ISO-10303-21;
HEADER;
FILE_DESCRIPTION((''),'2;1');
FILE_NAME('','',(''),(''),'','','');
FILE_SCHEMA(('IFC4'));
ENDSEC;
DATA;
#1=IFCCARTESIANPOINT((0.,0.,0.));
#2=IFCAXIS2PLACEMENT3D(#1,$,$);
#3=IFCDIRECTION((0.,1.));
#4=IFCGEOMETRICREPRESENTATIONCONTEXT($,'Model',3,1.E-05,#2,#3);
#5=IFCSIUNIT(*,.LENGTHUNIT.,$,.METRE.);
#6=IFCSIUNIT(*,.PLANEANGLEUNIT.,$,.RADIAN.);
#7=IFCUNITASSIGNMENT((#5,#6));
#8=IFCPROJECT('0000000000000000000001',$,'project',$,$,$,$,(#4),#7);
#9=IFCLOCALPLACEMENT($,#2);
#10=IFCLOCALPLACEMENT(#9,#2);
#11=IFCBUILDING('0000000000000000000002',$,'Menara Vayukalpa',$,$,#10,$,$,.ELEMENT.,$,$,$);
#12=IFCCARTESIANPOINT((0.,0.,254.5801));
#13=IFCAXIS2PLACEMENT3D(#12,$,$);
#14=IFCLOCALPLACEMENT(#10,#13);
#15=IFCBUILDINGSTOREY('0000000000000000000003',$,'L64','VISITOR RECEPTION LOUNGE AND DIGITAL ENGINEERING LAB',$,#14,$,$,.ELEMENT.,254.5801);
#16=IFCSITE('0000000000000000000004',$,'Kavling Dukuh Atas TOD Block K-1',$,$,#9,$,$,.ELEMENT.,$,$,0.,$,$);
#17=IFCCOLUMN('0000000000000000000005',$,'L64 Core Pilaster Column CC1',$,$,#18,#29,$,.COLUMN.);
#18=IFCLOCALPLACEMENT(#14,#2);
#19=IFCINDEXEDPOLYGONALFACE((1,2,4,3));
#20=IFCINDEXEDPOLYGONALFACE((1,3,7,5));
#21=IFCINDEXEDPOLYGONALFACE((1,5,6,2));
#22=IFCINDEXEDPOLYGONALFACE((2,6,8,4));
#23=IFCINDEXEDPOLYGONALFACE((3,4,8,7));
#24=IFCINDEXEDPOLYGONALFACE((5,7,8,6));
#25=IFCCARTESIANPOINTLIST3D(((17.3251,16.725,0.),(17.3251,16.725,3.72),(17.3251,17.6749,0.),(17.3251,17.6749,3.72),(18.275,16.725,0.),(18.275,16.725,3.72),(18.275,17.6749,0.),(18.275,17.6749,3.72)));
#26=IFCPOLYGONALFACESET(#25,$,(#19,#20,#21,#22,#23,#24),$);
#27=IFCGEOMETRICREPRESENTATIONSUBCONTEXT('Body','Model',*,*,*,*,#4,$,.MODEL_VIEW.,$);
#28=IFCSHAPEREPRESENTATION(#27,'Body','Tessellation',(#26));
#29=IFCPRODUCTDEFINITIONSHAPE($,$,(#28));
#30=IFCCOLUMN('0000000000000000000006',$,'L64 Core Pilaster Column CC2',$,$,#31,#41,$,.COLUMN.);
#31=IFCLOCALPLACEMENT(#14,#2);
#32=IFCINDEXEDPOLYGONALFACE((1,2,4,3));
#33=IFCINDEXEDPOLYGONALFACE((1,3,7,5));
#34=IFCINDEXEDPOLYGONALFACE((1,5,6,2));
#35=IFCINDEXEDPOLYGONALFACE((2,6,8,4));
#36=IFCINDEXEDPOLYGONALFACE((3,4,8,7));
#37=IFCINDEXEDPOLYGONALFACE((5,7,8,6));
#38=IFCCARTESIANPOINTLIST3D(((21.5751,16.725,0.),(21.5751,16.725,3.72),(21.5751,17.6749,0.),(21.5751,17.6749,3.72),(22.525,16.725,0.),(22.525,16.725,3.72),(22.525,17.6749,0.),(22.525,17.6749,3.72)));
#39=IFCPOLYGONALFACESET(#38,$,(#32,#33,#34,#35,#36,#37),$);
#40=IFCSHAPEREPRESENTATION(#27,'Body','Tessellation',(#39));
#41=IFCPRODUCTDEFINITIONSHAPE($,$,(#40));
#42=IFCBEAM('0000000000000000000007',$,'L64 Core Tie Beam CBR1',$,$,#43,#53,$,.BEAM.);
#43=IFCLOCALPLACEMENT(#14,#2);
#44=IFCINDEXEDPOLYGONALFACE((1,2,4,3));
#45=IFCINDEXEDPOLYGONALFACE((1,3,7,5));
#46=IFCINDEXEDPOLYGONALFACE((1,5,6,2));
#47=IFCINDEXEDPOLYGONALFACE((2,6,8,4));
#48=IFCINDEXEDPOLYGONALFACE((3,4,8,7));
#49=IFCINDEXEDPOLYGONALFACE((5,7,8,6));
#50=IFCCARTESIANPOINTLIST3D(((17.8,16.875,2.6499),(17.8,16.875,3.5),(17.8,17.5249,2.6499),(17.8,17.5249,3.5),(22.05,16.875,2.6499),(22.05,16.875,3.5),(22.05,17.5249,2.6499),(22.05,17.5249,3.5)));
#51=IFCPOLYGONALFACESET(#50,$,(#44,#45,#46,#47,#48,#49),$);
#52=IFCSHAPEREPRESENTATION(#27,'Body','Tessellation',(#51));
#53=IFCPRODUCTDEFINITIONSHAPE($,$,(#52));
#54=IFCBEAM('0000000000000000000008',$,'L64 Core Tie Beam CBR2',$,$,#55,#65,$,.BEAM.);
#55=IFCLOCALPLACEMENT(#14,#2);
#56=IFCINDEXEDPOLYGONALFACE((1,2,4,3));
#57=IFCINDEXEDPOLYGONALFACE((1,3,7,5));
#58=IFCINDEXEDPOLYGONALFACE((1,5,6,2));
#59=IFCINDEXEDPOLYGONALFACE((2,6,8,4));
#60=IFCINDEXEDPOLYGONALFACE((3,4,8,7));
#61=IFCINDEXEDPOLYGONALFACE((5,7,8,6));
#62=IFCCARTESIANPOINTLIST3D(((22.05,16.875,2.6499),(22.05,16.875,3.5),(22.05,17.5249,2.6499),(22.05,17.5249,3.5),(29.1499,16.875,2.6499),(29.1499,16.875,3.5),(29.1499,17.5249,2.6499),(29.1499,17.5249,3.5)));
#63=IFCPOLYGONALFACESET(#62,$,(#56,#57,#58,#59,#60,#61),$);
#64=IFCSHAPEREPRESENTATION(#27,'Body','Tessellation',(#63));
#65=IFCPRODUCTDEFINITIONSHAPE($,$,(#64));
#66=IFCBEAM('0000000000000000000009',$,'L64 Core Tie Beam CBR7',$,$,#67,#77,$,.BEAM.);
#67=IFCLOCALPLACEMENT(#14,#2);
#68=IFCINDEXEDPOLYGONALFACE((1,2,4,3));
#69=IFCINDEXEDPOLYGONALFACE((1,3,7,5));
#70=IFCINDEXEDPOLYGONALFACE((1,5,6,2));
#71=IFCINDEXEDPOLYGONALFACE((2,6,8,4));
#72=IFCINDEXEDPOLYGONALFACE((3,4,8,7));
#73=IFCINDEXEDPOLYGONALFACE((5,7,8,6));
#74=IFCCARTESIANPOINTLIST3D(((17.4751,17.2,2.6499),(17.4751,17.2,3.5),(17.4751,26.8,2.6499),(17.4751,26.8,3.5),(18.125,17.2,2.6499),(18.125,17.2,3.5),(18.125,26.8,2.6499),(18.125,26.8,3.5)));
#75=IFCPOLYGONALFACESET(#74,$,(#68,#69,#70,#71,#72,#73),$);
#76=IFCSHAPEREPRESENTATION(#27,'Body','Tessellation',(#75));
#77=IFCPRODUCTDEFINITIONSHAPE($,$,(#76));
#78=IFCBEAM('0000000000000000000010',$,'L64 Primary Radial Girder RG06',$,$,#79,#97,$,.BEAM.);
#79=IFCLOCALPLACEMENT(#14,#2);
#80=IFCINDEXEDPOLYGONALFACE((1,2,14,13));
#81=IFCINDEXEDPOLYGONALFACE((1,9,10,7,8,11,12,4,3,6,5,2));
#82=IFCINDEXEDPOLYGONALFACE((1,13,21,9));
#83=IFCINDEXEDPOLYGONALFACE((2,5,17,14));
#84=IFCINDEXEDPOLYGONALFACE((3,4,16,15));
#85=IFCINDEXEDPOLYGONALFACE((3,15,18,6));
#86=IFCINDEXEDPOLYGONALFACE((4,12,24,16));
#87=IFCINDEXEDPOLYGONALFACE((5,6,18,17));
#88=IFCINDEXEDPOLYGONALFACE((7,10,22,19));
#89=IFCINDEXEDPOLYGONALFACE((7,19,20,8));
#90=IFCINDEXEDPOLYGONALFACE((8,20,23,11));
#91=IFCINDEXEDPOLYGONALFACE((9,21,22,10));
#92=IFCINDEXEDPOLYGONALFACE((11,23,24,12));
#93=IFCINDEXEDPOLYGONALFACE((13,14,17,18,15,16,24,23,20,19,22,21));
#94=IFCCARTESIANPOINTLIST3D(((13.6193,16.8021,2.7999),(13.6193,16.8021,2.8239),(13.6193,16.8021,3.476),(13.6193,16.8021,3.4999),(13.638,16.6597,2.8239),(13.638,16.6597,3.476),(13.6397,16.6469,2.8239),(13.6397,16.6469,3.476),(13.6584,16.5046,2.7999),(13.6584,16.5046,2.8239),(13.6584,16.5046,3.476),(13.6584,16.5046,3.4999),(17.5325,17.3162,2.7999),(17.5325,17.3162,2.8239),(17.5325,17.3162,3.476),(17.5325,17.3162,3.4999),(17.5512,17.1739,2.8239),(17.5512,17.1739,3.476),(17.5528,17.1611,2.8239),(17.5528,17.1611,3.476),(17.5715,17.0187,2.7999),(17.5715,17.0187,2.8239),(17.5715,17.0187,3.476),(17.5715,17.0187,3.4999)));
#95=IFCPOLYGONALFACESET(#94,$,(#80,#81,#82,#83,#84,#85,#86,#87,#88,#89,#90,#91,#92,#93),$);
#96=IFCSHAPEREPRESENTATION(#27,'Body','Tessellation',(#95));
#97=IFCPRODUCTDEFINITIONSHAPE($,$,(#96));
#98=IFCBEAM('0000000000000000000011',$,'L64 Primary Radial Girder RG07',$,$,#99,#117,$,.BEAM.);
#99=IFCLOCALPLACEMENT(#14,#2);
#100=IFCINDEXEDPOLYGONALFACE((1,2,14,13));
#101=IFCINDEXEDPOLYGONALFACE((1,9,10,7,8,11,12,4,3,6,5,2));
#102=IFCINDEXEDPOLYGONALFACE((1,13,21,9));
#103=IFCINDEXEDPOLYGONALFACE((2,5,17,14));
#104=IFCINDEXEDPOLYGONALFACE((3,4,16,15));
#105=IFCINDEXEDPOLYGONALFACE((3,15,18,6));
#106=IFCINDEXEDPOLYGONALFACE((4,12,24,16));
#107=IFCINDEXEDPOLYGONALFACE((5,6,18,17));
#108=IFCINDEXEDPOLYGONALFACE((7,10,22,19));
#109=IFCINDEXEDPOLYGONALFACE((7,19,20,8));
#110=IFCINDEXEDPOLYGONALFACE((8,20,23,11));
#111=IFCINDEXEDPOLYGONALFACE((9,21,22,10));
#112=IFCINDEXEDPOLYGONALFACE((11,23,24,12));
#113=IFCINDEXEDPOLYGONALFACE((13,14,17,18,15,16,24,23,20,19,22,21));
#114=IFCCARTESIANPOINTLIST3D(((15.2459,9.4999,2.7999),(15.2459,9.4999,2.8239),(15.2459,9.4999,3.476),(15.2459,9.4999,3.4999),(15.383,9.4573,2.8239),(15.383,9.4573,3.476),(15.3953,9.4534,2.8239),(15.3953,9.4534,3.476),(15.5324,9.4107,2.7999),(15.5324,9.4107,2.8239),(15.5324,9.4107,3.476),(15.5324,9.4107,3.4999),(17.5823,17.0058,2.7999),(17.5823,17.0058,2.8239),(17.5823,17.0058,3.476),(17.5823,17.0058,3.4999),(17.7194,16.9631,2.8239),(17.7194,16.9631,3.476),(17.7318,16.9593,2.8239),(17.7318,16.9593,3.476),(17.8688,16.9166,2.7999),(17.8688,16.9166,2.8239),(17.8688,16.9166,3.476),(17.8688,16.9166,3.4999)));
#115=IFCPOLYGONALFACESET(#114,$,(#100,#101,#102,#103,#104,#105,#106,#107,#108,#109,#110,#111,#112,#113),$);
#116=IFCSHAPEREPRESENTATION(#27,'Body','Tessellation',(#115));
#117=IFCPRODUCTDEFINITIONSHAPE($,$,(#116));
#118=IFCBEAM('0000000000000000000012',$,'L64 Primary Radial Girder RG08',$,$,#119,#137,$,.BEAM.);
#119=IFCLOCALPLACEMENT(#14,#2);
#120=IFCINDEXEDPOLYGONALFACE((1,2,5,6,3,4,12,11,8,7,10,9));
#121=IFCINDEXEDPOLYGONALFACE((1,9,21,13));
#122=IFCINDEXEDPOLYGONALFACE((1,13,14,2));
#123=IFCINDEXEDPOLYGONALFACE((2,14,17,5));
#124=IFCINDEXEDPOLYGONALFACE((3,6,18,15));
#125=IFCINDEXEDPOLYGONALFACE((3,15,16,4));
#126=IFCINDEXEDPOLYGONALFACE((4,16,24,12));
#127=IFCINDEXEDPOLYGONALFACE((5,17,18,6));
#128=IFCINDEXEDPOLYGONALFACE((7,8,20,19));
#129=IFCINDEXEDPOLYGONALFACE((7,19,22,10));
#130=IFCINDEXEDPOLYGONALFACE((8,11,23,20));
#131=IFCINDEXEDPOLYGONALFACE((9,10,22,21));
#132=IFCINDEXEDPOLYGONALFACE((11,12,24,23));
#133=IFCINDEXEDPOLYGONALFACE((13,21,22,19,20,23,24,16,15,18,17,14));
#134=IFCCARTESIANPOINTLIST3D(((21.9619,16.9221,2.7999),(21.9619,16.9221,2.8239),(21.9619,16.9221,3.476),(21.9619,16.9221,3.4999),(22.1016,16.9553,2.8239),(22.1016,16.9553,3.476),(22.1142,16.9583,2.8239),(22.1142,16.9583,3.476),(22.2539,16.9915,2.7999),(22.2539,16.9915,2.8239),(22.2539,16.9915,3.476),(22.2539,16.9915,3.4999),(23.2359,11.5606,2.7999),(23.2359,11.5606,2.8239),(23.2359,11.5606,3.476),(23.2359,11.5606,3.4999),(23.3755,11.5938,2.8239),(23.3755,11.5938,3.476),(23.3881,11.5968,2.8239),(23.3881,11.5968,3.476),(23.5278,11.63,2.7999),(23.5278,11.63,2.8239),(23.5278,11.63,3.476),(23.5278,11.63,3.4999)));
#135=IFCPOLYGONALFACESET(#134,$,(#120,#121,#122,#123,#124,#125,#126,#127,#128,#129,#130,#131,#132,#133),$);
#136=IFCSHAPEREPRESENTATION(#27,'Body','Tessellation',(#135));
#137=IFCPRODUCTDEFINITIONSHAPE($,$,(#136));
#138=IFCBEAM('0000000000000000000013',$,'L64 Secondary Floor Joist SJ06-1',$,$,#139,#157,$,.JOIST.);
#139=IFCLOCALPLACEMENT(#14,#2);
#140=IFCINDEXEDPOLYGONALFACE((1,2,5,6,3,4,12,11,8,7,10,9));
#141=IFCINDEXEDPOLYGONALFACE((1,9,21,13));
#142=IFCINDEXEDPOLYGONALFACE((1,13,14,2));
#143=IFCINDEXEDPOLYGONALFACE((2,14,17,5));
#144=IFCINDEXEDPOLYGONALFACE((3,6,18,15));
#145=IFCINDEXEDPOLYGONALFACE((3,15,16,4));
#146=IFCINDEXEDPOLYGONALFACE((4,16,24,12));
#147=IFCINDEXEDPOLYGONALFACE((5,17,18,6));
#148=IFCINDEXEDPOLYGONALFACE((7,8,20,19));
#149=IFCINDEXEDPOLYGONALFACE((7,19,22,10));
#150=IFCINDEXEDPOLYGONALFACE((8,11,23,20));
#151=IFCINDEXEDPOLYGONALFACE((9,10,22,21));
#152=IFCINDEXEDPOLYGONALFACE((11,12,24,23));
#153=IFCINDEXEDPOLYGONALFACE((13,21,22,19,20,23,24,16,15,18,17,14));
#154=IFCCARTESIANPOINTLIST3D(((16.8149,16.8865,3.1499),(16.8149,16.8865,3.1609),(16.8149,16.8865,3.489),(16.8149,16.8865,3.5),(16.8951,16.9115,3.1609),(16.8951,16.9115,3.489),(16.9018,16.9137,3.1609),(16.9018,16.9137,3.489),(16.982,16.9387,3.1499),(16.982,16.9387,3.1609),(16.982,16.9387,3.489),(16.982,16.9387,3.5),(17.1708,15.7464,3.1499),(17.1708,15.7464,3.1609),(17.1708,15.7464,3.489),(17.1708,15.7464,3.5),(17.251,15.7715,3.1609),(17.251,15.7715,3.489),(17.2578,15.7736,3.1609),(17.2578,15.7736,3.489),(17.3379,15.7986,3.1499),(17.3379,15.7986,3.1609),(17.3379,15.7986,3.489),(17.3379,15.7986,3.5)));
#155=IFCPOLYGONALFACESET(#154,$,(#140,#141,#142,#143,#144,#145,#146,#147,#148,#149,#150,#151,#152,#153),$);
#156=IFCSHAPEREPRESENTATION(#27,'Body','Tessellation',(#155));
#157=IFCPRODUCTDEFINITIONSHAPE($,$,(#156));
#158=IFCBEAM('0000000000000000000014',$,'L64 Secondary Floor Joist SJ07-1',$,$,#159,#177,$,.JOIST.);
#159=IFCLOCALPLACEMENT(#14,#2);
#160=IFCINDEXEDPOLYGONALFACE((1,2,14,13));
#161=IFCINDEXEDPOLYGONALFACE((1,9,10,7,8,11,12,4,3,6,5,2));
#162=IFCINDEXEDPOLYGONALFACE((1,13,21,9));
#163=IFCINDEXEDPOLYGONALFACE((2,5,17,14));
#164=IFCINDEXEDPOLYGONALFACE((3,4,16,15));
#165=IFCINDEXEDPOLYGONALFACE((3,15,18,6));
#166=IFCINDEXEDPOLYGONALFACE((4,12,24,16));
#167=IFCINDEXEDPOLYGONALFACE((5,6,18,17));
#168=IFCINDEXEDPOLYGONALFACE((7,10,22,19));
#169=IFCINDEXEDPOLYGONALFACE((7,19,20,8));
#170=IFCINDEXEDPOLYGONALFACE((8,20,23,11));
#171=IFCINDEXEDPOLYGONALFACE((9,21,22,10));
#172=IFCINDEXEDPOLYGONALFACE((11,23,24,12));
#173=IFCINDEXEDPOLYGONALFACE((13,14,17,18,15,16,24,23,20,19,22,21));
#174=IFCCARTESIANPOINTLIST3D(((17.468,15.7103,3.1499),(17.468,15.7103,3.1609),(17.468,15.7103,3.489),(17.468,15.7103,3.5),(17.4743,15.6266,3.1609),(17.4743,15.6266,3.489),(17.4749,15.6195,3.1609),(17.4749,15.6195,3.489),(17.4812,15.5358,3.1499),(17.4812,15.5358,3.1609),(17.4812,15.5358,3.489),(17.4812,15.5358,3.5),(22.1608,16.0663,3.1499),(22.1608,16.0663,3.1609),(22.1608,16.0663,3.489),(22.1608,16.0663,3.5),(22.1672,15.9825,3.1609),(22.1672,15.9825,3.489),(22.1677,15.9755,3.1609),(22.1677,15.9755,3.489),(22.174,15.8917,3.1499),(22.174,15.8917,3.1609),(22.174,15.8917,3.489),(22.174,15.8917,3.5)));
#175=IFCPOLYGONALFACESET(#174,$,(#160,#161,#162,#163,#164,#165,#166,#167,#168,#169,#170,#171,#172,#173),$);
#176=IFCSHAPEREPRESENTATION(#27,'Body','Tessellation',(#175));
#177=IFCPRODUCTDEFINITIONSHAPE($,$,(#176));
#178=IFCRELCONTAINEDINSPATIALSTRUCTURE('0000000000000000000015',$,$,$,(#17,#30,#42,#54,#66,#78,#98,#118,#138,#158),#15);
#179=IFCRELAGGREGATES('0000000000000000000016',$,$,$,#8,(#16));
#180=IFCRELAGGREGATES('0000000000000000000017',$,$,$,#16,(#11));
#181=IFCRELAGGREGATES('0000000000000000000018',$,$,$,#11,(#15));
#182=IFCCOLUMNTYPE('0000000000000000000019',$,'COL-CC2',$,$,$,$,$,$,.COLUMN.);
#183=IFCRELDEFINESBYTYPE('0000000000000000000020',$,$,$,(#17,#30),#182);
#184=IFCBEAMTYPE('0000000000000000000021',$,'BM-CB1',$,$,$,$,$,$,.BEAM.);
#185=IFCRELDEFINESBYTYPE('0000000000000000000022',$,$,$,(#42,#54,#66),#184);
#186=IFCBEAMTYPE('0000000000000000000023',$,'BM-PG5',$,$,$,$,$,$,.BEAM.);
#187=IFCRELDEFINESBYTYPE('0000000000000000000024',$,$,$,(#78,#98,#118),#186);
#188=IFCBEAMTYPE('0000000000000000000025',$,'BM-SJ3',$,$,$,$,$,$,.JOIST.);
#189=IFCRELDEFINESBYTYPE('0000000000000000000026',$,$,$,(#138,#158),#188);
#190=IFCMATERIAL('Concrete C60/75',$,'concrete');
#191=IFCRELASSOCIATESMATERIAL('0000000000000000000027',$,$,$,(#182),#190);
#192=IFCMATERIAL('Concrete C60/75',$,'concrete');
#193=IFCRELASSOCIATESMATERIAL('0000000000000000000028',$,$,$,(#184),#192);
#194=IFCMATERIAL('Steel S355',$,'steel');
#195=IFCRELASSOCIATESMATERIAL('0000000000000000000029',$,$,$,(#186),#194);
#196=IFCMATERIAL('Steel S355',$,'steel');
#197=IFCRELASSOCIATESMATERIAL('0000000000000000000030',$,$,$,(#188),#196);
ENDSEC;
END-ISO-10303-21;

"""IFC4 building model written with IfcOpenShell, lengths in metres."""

from ifc_helpers import new_model, si_unit, direction, frame, origin, origin_2d, place, context, subcontext, project, spatial, rectangle, i_section, extrude, material, material_profile, profile_set, type_object, element, save


model = new_model("IFC4")

# Units and contexts
model_context = context("Model", 3, precision=1e-05, world=origin(), true_north=direction((0.0, 1.0)))
body_context = subcontext(model_context, "Body", "Model", "MODEL_VIEW")
ifc_project = project(units=[si_unit("LENGTHUNIT", "METRE"), si_unit("PLANEANGLEUNIT", "RADIAN")], contexts=[model_context])

# Site, building, storey
site_placement = place(None, origin())
site = spatial("IfcSite", under=ifc_project, at=site_placement, Name="Kavling Dukuh Atas TOD Block K-1", CompositionType="ELEMENT", RefElevation=0.0)
building_placement = place(site_placement, origin())
building = spatial("IfcBuilding", under=site, at=building_placement, Name="Menara Vayukalpa", CompositionType="ELEMENT")
storey_placement = place(building_placement, frame((0.0, 0.0, 254.5801)))
storey = spatial("IfcBuildingStorey", under=building, at=storey_placement, Name="L64", Description="VISITOR RECEPTION LOUNGE AND DIGITAL ENGINEERING LAB", CompositionType="ELEMENT", Elevation=254.5801)

# Columns
ifc_material_1 = material(Name="Concrete C60/75", Category="concrete")
ifc_material_profile_1 = material_profile(ifc_material_1, rectangle(XDim=0.95, YDim=0.95, at=origin_2d()), Name="RC 950x950")
ifc_profile_set_1 = profile_set([ifc_material_profile_1], Name="Concrete C60/75")
column_type = type_object("IfcColumnType", Name="COL-CC2", PredefinedType="COLUMN", material=ifc_profile_set_1)
for number, where, z_axis, x_axis, name in (
    (1, (17.8, 17.2, 0.0), (0.0, 0.0, 1.0), (1.0, 0.0, 0.0), "L64 Core Pilaster Column CC1"),
    (2, (22.05, 17.2, 0.0), (0.0, 0.0, 1.0), (1.0, 0.0, 0.0), "L64 Core Pilaster Column CC2"),
):
    element("IfcColumn", number, at=place(storey_placement, frame(where, z_axis=z_axis, x_axis=x_axis)), inside=storey, type_object=column_type, Name=name, PredefinedType="COLUMN", context=body_context, shape_type="SweptSolid", body=[
        extrude(rectangle(XDim=0.95, YDim=0.95, at=origin_2d()), origin(), (0.0, 0.0, 1.0), 3.72),
    ])

# Beams
ifc_material_2 = material(Name="Concrete C60/75", Category="concrete")
ifc_material_profile_2 = material_profile(ifc_material_2, rectangle(XDim=0.6499, YDim=0.8501, at=origin_2d()), Name="RC 650x850")
ifc_profile_set_2 = profile_set([ifc_material_profile_2], Name="Concrete C60/75")
beam_type_1 = type_object("IfcBeamType", Name="BM-CB1", PredefinedType="BEAM", material=ifc_profile_set_2)
beam_1_placement = place(storey_placement, frame((17.8, 17.2, 3.075), z_axis=(1.0, 0.0, 0.0), x_axis=(0.0, 1.0, 0.0)))
element("IfcBeam", 3, at=beam_1_placement, inside=storey, type_object=beam_type_1, Name="L64 Core Tie Beam CBR1", PredefinedType="BEAM", context=body_context, shape_type="SweptSolid", body=[
    extrude(rectangle(XDim=0.6499, YDim=0.8501, at=origin_2d()), origin(), (0.0, 0.0, 1.0), 4.25),
])
beam_2_placement = place(storey_placement, frame((22.05, 17.2, 3.075), z_axis=(1.0, 0.0, 0.0), x_axis=(0.0, 1.0, 0.0)))
element("IfcBeam", 4, at=beam_2_placement, inside=storey, type_object=beam_type_1, Name="L64 Core Tie Beam CBR2", PredefinedType="BEAM", context=body_context, shape_type="SweptSolid", body=[
    extrude(rectangle(XDim=0.6499, YDim=0.8501, at=origin_2d()), origin(), (0.0, 0.0, 1.0), 7.0999),
])
beam_3_placement = place(storey_placement, frame((17.8, 17.2, 3.075), z_axis=(0.0, 1.0, 0.0), x_axis=(-1.0, 0.0, 0.0)))
element("IfcBeam", 5, at=beam_3_placement, inside=storey, type_object=beam_type_1, Name="L64 Core Tie Beam CBR7", PredefinedType="BEAM", context=body_context, shape_type="SweptSolid", body=[
    extrude(rectangle(XDim=0.6499, YDim=0.8501, at=origin_2d()), origin(), (0.0, 0.0, 1.0), 9.6001),
])
ifc_material_3 = material(Name="Steel S355", Category="steel")
ifc_material_profile_3 = material_profile(ifc_material_3, i_section(OverallWidth=0.3, OverallDepth=0.7, WebThickness=0.0129, FlangeThickness=0.0239, at=origin_2d()), Name="WF 700x300x13x24")
ifc_profile_set_3 = profile_set([ifc_material_profile_3], Name="Steel S355")
beam_type_2 = type_object("IfcBeamType", Name="BM-PG5", PredefinedType="BEAM", material=ifc_profile_set_3)
beam_4_placement = place(storey_placement, frame((17.552, 17.1675, 3.1499), z_axis=(-0.991478, -0.130275, 0.0), x_axis=(0.130275, -0.991478, 0.0)))
element("IfcBeam", 6, at=beam_4_placement, inside=storey, type_object=beam_type_2, Name="L64 Primary Radial Girder RG06", PredefinedType="BEAM", context=body_context, shape_type="SweptSolid", body=[
    extrude(i_section(OverallWidth=0.3, OverallDepth=0.7, WebThickness=0.0129, FlangeThickness=0.0239, at=origin_2d()), origin(), (0.0, 0.0, 1.0), 3.9468),
])
beam_5_placement = place(storey_placement, frame((17.7256, 16.9612, 3.1499), z_axis=(-0.297214, -0.954811, 0.0), x_axis=(0.954811, -0.297214, 0.0)))
element("IfcBeam", 7, at=beam_5_placement, inside=storey, type_object=beam_type_2, Name="L64 Primary Radial Girder RG07", PredefinedType="BEAM", context=body_context, shape_type="SweptSolid", body=[
    extrude(i_section(OverallWidth=0.3, OverallDepth=0.7, WebThickness=0.0129, FlangeThickness=0.0239, at=origin_2d()), origin(), (0.0, 0.0, 1.0), 7.8611),
])
beam_6_placement = place(storey_placement, frame((22.1079, 16.9568, 3.1499), z_axis=(0.231167, -0.972914, 0.0), x_axis=(0.972914, 0.231167, 0.0)))
element("IfcBeam", 8, at=beam_6_placement, inside=storey, type_object=beam_type_2, Name="L64 Primary Radial Girder RG08", PredefinedType="BEAM", context=body_context, shape_type="SweptSolid", body=[
    extrude(i_section(OverallWidth=0.3, OverallDepth=0.7, WebThickness=0.0129, FlangeThickness=0.0239, at=origin_2d()), origin(), (0.0, 0.0, 1.0), 5.5107),
])
ifc_material_4 = material(Name="Steel S355", Category="steel")
ifc_material_profile_4 = material_profile(ifc_material_4, i_section(OverallWidth=0.175, OverallDepth=0.3501, WebThickness=0.0071, FlangeThickness=0.011, at=origin_2d()), Name="WF 350x175x7x11")
ifc_profile_set_4 = profile_set([ifc_material_profile_4], Name="Steel S355")
beam_type_3 = type_object("IfcBeamType", Name="BM-SJ3", PredefinedType="JOIST", material=ifc_profile_set_4)
beam_7_placement = place(storey_placement, frame((16.8984, 16.9126, 3.325), z_axis=(0.298019, -0.95456, 0.0), x_axis=(0.95456, 0.298019, 0.0)))
element("IfcBeam", 9, at=beam_7_placement, inside=storey, type_object=beam_type_3, Name="L64 Secondary Floor Joist SJ06-1", PredefinedType="JOIST", context=body_context, shape_type="SweptSolid", body=[
    extrude(i_section(OverallWidth=0.175, OverallDepth=0.3501, WebThickness=0.0071, FlangeThickness=0.011, at=origin_2d()), origin(), (0.0, 0.0, 1.0), 1.1943),
])
beam_8_placement = place(storey_placement, frame((17.4746, 15.623, 3.325), z_axis=(0.997136, 0.075633, 0.0), x_axis=(-0.075633, 0.997136, 0.0)))
element("IfcBeam", 10, at=beam_8_placement, inside=storey, type_object=beam_type_3, Name="L64 Secondary Floor Joist SJ07-1", PredefinedType="JOIST", context=body_context, shape_type="SweptSolid", body=[
    extrude(i_section(OverallWidth=0.175, OverallDepth=0.3501, WebThickness=0.0071, FlangeThickness=0.011, at=origin_2d()), origin(), (0.0, 0.0, 1.0), 4.7063),
])

save(model, "model.ifc")
